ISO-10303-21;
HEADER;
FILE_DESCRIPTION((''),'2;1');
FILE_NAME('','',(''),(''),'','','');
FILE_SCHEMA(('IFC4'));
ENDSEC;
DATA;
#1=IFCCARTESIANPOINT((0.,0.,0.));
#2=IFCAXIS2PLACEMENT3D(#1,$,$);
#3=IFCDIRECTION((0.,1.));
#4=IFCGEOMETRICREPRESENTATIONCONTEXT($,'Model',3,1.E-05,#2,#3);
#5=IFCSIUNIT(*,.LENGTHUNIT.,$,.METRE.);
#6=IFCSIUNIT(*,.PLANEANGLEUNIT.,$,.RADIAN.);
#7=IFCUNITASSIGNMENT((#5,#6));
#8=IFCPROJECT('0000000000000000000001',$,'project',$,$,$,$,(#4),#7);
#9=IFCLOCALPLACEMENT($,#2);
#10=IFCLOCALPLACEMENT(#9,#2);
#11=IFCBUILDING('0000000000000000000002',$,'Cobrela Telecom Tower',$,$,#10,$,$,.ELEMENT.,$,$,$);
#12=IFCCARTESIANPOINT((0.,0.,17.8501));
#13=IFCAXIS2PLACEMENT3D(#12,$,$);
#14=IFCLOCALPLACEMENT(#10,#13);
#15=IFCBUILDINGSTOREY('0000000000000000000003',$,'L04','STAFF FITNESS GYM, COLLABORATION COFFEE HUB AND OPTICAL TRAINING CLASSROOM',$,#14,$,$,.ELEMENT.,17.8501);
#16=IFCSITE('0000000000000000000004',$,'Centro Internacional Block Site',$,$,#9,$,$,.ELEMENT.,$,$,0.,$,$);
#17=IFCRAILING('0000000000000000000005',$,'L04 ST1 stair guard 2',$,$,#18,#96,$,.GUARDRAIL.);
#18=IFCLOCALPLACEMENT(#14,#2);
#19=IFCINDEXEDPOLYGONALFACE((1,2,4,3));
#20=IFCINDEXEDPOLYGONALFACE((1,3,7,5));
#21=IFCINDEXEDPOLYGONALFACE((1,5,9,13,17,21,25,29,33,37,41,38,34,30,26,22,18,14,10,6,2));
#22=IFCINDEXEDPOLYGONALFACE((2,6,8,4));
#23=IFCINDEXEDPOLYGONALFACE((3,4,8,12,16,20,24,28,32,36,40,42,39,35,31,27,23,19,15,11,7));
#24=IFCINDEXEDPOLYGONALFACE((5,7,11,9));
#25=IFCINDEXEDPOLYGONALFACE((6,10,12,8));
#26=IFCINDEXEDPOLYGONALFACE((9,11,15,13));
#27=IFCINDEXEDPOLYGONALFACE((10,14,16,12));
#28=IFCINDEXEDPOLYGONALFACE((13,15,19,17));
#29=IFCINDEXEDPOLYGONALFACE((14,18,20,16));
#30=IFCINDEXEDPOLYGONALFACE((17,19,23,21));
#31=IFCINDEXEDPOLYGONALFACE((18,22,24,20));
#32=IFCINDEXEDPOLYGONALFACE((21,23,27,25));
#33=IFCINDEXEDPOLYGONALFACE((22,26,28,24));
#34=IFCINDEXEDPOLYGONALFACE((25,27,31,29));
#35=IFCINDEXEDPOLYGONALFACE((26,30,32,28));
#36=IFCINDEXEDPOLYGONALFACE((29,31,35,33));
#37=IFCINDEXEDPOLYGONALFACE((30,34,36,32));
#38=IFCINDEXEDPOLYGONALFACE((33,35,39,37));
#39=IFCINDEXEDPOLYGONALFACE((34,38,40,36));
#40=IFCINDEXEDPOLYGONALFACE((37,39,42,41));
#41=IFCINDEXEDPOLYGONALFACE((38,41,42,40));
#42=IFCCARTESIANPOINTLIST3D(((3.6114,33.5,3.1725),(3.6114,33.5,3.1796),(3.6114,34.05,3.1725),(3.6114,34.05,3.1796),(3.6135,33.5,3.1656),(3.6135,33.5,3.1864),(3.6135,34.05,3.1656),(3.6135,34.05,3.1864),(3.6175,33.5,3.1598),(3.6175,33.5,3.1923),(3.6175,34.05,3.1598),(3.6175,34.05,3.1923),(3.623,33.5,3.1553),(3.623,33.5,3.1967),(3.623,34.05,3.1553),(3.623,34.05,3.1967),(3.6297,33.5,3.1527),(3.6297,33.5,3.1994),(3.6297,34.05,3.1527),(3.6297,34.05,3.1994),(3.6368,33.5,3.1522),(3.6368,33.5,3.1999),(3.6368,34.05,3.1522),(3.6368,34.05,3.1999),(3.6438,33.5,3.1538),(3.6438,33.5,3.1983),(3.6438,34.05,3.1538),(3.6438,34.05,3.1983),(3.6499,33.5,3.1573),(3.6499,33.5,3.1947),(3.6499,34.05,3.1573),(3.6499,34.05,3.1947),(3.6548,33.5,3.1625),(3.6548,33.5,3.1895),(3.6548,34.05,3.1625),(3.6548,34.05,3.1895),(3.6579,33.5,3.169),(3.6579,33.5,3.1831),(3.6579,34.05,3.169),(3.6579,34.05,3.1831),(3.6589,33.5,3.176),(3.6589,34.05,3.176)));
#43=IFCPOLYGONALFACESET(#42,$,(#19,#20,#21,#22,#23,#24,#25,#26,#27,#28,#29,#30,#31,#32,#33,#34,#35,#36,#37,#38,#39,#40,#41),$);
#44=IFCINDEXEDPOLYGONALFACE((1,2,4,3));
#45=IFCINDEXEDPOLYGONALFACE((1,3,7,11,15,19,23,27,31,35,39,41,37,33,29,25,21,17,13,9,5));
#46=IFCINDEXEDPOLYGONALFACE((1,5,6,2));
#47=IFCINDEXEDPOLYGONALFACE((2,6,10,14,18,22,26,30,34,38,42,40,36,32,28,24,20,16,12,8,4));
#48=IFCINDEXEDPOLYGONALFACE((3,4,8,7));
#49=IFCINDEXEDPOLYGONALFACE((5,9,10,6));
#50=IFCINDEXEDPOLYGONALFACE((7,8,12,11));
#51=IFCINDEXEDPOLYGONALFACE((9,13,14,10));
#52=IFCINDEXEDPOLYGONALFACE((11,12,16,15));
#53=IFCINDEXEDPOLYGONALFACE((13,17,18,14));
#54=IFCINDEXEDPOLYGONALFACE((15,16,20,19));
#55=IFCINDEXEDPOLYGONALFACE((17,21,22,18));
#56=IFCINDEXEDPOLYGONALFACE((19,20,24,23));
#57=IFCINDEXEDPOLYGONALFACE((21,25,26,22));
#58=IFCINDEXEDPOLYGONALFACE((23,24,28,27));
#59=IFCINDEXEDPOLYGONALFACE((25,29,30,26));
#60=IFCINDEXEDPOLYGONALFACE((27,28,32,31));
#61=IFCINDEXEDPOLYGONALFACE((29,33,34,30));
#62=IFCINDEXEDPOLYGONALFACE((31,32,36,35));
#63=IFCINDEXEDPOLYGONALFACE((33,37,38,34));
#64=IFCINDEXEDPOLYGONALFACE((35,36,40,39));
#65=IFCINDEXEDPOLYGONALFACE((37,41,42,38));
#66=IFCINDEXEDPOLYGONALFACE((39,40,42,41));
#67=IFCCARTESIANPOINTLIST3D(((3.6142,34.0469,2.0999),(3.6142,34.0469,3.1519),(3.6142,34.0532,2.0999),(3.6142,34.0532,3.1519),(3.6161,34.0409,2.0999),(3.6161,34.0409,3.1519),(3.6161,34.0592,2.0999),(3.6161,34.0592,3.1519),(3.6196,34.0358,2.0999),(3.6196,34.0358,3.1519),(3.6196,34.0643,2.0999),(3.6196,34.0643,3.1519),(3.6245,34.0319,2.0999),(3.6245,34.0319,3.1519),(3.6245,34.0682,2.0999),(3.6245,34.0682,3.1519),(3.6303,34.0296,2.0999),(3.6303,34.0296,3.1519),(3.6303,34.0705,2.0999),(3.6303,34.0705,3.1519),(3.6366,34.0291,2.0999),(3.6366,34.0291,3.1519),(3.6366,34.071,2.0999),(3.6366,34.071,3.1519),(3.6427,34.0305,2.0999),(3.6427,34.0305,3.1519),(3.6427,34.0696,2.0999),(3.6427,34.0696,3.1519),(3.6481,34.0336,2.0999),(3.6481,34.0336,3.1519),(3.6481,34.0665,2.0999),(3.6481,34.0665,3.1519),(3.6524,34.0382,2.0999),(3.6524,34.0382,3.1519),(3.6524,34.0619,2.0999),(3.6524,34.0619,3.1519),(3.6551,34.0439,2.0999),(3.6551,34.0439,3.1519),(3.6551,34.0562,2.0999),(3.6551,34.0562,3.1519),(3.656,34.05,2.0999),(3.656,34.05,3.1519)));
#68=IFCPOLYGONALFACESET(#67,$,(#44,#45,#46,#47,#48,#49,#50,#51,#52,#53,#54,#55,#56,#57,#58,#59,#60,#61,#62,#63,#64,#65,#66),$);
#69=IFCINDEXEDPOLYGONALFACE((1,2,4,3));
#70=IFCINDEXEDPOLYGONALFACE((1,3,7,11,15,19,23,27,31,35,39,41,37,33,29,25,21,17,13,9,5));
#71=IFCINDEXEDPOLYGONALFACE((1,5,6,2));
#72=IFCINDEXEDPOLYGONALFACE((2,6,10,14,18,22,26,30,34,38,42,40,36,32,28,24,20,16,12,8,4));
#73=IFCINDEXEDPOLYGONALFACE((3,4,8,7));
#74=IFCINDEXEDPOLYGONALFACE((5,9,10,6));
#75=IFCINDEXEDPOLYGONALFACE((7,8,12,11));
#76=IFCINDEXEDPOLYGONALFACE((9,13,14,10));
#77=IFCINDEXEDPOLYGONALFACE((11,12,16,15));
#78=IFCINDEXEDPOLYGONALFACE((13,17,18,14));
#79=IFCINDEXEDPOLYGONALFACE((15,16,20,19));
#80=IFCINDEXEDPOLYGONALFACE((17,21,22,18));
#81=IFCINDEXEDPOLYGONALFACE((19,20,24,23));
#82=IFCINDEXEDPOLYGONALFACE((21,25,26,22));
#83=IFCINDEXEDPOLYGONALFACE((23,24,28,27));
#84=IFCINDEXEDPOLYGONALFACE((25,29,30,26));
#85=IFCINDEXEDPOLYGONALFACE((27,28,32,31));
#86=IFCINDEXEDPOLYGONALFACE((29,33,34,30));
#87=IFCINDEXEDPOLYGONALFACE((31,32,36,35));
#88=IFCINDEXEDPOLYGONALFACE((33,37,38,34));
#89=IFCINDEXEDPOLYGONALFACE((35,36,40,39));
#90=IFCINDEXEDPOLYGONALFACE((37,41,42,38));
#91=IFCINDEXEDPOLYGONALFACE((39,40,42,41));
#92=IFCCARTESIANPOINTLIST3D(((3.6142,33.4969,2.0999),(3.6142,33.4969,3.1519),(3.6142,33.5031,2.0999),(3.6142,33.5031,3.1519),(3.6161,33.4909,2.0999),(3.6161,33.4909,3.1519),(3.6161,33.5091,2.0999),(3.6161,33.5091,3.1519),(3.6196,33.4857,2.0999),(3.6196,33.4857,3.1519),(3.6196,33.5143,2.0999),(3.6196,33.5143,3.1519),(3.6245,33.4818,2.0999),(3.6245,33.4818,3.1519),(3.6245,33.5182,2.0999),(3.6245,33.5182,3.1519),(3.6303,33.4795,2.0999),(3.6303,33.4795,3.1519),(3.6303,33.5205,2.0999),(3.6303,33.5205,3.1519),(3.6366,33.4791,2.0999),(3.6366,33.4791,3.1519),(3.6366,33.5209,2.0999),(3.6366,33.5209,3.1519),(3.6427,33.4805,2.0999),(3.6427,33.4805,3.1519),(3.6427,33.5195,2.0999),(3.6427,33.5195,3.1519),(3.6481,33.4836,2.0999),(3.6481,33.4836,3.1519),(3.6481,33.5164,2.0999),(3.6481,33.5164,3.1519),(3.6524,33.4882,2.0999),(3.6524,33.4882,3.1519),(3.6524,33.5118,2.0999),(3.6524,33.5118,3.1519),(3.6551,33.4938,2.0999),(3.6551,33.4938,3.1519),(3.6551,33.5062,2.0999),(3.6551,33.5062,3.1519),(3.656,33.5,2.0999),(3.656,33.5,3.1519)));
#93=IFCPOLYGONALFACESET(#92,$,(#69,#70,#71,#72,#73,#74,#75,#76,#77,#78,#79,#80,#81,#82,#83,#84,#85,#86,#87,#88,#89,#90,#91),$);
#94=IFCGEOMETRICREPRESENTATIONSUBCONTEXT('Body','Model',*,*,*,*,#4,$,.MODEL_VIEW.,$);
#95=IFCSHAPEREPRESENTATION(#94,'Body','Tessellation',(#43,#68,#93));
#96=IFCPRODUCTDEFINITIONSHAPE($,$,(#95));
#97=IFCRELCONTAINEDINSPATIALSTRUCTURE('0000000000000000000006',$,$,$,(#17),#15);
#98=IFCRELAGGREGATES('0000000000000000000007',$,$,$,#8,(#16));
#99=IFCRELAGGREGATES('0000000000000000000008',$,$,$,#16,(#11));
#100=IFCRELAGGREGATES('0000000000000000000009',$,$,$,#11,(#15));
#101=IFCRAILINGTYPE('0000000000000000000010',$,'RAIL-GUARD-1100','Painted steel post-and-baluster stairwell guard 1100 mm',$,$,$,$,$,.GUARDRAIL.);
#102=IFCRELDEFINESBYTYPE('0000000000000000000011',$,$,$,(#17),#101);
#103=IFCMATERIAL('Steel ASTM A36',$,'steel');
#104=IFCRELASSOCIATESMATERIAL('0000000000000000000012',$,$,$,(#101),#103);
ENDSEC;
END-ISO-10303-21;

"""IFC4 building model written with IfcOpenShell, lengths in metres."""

from ifc_helpers import new_model, si_unit, direction, frame, origin, origin_2d, place, context, subcontext, project, spatial, circle, extrude, material, type_object, element, save


model = new_model("IFC4")

# Units and contexts
model_context = context("Model", 3, precision=1e-05, world=origin(), true_north=direction((0.0, 1.0)))
body_context = subcontext(model_context, "Body", "Model", "MODEL_VIEW")
ifc_project = project(units=[si_unit("LENGTHUNIT", "METRE"), si_unit("PLANEANGLEUNIT", "RADIAN")], contexts=[model_context])

# Site, building, storey
site_placement = place(None, origin())
site = spatial("IfcSite", under=ifc_project, at=site_placement, Name="Centro Internacional Block Site", CompositionType="ELEMENT", RefElevation=0.0)
building_placement = place(site_placement, origin())
building = spatial("IfcBuilding", under=site, at=building_placement, Name="Cobrela Telecom Tower", CompositionType="ELEMENT")
storey_placement = place(building_placement, frame((0.0, 0.0, 17.8501)))
storey = spatial("IfcBuildingStorey", under=building, at=storey_placement, Name="L04", Description="STAFF FITNESS GYM, COLLABORATION COFFEE HUB AND OPTICAL TRAINING CLASSROOM", CompositionType="ELEMENT", Elevation=17.8501)

# Shared definitions
ifc_material_1 = material(Name="Steel ASTM A36", Category="steel")

# Railing
railing_type_1 = type_object("IfcRailingType", Name="RAIL-GUARD-1100", Description="Painted steel post-and-baluster stairwell guard 1100 mm", PredefinedType="GUARDRAIL", material=ifc_material_1)
railing_1_placement = place(storey_placement, frame((3.635, 34.05, 2.0999)))
element("IfcRailing", 1, at=railing_1_placement, inside=storey, type_object=railing_type_1, Name="L04 ST1 stair guard 2", PredefinedType="GUARDRAIL", context=body_context, shape_type="SweptSolid", body=[
    extrude(circle(Radius=0.0239, at=origin_2d()), frame((0.0, 0.0, 1.0762), z_axis=(0.0, -1.0, 0.0), x_axis=(1.0, 0.0, 0.0)), (0.0, 0.0, 1.0), 0.55),
    extrude(circle(Radius=0.021, at=origin_2d()), origin(), (0.0, 0.0, 1.0), 1.052),
    extrude(circle(Radius=0.021, at=origin_2d()), frame((0.0, -0.55, 0.0)), (0.0, 0.0, 1.0), 1.052),
])

save(model, "model.ifc")
